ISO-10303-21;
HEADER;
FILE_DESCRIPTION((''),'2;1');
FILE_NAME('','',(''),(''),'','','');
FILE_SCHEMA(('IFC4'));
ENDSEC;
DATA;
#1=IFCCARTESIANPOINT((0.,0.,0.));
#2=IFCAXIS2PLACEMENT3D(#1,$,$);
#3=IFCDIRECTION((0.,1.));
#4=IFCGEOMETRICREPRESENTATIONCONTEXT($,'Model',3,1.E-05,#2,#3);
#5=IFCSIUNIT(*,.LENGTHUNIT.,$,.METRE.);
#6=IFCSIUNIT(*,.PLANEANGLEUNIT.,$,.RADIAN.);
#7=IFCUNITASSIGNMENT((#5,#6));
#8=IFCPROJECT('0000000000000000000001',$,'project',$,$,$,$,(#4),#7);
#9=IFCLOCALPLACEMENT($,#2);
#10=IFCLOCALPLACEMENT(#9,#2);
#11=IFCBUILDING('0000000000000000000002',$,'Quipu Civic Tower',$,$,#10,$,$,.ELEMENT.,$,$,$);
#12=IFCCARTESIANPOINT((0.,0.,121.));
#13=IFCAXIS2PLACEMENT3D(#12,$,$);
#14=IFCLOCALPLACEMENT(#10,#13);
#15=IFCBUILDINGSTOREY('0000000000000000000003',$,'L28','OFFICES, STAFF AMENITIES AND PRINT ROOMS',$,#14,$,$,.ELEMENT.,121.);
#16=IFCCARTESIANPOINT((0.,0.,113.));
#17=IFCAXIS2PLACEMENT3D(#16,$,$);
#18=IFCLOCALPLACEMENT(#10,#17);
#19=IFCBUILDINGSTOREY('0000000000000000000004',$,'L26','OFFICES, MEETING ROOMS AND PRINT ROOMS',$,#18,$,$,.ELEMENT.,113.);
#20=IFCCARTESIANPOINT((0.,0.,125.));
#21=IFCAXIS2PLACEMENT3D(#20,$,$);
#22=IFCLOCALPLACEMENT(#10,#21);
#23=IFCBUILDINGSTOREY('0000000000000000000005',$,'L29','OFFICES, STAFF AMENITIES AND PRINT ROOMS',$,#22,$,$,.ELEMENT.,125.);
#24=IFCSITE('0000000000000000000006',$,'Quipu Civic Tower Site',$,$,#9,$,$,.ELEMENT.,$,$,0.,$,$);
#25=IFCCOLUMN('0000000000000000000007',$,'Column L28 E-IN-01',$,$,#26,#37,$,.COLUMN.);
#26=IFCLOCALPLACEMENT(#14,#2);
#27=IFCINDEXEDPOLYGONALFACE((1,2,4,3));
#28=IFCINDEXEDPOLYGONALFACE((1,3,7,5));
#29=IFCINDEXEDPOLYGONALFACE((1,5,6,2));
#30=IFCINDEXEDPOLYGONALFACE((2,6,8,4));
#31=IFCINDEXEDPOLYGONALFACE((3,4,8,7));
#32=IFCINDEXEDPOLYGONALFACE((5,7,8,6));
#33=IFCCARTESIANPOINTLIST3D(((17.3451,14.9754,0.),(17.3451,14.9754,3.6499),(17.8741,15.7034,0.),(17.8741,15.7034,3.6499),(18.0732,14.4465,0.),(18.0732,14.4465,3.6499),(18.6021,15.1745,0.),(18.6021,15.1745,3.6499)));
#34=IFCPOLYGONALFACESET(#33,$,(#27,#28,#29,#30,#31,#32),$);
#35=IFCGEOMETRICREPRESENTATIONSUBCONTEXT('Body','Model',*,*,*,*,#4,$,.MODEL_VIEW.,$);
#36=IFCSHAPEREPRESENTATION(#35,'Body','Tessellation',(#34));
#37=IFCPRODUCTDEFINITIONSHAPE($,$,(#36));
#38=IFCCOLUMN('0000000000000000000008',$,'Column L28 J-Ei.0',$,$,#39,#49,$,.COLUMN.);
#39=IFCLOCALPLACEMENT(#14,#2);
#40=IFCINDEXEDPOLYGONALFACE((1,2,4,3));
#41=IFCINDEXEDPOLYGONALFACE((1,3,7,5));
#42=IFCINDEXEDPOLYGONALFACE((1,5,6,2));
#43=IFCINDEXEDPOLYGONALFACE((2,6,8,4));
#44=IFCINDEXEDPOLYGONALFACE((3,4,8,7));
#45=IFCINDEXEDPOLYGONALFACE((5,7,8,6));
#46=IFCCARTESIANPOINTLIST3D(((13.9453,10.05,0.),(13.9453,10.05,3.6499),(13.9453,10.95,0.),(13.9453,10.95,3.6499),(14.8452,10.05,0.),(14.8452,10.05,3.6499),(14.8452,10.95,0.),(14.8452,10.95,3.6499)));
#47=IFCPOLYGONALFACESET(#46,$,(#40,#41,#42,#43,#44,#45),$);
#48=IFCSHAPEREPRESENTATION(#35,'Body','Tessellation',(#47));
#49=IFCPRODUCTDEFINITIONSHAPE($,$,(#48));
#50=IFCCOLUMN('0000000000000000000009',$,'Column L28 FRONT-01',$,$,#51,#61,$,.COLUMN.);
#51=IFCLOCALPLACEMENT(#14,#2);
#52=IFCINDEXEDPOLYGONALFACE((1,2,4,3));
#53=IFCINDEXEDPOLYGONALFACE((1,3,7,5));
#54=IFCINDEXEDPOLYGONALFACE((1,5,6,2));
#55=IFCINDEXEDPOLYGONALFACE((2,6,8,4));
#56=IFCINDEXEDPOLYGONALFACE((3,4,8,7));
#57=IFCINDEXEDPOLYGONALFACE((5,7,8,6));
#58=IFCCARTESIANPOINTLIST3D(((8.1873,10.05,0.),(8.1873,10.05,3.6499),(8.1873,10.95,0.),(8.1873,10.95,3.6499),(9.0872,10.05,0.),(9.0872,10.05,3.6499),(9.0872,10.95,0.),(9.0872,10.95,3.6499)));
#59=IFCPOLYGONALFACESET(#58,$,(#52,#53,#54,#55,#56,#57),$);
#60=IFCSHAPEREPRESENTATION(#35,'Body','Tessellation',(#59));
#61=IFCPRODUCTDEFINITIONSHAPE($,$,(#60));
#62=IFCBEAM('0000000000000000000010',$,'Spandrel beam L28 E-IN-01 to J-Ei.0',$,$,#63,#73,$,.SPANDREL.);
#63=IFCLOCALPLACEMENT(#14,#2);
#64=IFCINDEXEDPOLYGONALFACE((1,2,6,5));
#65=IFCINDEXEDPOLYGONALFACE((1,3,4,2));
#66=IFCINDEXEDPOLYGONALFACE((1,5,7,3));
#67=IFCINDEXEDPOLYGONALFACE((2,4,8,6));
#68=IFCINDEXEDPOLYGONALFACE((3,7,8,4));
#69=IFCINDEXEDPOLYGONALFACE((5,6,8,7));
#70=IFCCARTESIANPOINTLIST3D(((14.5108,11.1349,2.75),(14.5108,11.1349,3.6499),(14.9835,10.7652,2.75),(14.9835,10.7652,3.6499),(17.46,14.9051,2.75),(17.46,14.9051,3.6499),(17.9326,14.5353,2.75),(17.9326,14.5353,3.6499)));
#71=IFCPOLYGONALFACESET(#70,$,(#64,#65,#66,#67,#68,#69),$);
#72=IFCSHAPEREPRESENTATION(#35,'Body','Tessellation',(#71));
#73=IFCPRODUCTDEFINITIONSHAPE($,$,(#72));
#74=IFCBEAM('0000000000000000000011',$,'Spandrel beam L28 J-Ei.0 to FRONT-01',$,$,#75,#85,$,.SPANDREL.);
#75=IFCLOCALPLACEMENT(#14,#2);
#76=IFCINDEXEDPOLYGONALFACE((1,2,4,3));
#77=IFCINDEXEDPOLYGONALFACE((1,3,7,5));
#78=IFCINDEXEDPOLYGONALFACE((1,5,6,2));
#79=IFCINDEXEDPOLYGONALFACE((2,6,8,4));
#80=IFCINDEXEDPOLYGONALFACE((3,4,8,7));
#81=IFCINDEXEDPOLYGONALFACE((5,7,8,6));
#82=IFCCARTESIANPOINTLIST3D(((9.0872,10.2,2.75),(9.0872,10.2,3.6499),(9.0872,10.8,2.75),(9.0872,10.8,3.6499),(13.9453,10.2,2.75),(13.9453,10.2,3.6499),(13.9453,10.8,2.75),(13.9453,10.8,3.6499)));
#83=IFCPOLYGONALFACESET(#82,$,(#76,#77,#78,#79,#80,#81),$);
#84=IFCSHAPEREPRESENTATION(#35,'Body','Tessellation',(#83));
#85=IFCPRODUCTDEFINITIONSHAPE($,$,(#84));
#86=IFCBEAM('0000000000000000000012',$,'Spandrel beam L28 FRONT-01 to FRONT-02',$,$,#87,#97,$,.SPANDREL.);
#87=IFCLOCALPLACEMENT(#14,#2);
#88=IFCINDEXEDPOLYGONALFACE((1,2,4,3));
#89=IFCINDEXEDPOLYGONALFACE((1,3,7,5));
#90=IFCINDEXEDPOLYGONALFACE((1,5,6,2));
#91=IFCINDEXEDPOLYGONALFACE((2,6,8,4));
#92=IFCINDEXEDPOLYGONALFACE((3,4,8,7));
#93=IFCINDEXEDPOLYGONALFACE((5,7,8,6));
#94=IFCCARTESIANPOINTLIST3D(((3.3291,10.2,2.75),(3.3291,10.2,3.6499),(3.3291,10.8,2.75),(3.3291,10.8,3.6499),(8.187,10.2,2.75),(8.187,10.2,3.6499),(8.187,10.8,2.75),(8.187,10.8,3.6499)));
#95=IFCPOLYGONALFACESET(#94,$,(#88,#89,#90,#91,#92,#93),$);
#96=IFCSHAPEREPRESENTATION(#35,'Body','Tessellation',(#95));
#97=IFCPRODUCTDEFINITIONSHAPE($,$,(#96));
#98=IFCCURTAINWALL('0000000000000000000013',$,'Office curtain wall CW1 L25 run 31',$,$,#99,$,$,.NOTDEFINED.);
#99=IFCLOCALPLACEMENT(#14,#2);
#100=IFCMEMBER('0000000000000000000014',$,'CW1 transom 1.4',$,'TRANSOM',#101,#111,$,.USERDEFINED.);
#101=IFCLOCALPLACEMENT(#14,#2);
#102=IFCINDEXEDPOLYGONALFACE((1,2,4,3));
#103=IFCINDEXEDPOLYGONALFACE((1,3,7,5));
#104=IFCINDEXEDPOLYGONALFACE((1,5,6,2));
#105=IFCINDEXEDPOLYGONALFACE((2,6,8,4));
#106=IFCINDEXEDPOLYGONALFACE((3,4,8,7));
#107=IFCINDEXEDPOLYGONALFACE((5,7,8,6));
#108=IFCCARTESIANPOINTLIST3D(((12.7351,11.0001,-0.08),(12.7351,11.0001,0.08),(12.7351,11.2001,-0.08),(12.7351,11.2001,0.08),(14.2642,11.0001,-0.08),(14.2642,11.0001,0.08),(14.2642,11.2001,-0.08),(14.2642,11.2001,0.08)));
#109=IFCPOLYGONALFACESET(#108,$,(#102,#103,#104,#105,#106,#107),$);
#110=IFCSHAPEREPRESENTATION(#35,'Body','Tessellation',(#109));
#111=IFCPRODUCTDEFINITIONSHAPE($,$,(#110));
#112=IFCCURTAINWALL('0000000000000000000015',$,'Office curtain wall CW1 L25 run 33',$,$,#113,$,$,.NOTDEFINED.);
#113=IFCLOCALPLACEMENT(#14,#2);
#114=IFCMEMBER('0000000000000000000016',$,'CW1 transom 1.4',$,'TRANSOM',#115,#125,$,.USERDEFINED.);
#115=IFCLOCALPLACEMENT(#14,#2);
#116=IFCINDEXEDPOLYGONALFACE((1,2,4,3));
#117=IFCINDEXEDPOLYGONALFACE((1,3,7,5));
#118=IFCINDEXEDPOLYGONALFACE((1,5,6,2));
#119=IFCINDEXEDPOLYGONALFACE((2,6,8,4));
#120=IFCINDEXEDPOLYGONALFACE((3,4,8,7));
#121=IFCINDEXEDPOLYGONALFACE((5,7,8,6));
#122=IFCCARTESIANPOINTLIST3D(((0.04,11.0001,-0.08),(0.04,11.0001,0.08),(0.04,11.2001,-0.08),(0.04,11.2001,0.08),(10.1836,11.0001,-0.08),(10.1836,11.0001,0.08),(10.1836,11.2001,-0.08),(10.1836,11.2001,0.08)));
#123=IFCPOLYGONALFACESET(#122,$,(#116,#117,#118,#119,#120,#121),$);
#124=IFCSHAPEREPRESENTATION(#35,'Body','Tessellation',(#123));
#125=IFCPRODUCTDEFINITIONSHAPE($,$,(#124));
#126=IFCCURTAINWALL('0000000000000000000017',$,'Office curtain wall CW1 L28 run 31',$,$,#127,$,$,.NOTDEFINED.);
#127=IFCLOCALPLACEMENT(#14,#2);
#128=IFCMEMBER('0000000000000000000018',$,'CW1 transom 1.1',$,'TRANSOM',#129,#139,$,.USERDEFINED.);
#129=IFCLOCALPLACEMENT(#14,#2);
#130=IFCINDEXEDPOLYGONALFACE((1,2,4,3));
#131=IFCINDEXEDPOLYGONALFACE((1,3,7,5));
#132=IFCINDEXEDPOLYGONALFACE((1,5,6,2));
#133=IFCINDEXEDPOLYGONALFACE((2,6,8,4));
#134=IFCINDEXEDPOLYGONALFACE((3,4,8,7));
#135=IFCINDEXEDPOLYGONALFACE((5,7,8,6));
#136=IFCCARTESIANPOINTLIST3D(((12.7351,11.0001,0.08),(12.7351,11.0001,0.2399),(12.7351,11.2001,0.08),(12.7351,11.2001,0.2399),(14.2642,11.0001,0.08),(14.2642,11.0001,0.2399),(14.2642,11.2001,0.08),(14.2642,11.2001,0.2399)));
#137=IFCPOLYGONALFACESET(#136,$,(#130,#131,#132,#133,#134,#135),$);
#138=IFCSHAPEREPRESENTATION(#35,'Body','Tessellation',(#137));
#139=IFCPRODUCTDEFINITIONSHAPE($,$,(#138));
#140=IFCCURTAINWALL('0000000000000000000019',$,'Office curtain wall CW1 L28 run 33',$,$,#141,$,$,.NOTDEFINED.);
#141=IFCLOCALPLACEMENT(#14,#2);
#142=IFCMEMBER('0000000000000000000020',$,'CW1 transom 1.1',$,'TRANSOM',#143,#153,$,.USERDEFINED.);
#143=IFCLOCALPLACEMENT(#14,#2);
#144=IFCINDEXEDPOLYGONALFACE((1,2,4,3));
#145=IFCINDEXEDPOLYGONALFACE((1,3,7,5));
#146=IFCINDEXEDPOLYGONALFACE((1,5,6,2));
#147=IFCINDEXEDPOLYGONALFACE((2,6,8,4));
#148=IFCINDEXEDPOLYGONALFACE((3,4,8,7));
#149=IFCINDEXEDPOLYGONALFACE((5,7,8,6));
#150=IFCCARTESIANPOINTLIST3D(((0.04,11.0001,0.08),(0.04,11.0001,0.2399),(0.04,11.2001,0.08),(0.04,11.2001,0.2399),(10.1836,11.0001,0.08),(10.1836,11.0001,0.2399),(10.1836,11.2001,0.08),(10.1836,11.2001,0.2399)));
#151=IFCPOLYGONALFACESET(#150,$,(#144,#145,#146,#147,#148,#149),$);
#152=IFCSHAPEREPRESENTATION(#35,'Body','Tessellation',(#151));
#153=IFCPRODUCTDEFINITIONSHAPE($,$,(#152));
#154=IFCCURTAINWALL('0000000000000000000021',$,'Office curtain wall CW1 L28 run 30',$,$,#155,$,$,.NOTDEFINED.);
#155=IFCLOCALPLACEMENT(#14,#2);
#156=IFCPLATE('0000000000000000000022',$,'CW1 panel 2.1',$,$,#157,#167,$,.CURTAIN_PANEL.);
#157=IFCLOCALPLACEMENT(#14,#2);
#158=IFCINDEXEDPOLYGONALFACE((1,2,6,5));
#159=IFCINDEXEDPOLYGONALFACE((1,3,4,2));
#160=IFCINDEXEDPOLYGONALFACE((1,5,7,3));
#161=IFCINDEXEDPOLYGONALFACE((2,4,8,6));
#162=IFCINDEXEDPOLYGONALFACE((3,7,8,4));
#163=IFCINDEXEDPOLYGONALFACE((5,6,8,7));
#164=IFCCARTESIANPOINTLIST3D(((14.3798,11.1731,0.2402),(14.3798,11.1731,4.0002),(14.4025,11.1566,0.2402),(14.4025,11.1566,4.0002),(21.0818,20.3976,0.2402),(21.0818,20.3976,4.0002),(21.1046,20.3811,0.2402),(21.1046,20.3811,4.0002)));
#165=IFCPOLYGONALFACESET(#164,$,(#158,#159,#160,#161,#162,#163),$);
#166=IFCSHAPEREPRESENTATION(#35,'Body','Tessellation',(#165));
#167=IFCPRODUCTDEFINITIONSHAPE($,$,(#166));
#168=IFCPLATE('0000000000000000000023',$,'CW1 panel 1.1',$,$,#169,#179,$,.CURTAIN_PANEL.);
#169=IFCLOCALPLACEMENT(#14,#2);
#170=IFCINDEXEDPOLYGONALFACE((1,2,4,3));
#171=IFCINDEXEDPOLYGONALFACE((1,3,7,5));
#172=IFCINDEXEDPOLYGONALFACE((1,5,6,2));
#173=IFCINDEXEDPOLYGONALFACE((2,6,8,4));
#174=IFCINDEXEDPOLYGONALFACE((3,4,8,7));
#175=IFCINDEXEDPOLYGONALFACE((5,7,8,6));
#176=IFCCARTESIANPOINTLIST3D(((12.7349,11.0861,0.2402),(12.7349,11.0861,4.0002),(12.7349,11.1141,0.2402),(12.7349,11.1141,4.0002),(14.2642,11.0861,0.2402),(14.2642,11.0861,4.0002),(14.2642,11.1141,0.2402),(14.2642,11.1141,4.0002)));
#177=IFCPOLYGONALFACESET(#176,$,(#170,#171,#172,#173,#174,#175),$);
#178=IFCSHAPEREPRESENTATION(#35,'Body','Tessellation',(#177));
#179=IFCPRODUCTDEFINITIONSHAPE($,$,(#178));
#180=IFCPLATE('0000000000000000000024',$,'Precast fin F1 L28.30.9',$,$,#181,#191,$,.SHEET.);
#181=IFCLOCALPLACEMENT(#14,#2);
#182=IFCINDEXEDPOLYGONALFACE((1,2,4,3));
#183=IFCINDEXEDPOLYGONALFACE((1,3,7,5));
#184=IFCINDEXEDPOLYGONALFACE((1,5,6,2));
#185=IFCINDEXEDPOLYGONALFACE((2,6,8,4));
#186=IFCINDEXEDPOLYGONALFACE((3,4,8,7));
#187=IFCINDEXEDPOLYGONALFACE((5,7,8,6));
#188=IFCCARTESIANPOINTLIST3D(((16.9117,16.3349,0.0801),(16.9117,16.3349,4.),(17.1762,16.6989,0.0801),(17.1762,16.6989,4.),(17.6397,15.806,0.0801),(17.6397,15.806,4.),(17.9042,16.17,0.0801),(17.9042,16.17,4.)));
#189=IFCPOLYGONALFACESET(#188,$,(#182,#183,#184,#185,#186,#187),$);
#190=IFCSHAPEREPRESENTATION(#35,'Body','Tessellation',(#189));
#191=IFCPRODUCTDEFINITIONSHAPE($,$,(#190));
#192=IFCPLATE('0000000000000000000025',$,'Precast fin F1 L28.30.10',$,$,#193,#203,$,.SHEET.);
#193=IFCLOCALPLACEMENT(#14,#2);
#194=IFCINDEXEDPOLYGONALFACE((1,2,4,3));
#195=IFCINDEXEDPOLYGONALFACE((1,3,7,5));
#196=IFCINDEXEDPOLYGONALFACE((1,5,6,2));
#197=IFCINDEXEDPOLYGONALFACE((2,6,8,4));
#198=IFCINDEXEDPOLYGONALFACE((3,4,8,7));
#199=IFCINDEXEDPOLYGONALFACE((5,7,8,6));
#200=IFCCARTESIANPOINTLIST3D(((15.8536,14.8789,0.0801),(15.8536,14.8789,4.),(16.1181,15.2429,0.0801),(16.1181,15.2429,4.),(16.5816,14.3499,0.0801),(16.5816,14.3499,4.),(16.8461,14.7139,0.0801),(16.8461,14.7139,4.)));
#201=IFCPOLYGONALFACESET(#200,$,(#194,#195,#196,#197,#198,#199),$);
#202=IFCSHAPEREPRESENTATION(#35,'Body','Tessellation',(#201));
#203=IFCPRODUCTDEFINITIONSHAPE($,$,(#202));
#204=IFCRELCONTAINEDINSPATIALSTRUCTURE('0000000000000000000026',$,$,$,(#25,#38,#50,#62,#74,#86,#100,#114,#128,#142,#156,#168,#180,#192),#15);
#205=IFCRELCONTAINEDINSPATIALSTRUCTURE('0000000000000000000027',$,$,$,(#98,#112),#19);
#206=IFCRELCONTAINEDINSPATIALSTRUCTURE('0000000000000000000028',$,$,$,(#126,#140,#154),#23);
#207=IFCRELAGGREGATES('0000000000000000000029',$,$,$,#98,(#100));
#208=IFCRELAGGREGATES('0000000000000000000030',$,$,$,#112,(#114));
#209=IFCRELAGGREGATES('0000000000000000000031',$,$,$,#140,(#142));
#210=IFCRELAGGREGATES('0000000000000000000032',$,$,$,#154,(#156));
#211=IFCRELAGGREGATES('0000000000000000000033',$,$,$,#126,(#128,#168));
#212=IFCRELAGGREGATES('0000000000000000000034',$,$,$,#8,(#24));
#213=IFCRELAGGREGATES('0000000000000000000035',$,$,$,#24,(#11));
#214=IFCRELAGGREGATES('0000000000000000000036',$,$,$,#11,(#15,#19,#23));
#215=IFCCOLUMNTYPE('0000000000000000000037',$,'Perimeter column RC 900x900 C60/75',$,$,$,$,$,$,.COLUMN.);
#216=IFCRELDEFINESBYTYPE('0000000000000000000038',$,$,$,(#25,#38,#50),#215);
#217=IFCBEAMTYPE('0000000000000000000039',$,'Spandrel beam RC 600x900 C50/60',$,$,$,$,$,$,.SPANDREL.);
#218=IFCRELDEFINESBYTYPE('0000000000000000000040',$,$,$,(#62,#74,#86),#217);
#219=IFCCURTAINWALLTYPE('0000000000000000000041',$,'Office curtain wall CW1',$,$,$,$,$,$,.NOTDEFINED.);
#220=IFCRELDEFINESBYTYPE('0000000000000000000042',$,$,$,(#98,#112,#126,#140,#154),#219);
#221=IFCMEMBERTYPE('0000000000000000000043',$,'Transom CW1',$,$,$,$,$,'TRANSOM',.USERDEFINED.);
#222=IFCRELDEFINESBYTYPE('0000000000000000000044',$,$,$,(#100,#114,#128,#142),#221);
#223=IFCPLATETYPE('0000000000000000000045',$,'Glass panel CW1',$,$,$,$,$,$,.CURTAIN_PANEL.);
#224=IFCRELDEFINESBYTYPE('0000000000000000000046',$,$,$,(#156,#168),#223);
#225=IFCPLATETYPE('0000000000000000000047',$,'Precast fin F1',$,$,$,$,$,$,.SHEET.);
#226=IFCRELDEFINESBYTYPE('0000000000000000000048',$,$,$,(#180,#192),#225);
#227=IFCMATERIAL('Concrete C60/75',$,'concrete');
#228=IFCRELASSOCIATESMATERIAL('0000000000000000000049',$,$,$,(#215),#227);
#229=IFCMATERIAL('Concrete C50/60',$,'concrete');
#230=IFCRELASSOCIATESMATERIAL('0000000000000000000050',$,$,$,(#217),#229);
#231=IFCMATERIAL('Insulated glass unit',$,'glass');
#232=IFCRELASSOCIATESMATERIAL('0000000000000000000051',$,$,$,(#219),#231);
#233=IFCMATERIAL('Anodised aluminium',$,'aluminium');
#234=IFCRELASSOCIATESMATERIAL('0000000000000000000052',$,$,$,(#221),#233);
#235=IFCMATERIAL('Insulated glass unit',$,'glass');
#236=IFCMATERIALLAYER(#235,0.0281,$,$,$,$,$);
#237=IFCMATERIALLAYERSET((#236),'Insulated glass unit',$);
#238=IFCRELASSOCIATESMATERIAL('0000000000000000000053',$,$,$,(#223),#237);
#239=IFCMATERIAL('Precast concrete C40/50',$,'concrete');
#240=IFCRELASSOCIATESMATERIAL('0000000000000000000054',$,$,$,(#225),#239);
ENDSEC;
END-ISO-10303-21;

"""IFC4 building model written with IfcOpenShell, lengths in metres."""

from ifc_helpers import new_model, si_unit, direction, frame, origin, origin_2d, place, context, subcontext, project, spatial, rectangle, extrude, material, layer, layer_set, material_profile, profile_set, type_object, element, aggregate, save


model = new_model("IFC4")

# Units and contexts
model_context = context("Model", 3, precision=1e-05, world=origin(), true_north=direction((0.0, 1.0)))
body_context = subcontext(model_context, "Body", "Model", "MODEL_VIEW")
ifc_project = project(units=[si_unit("LENGTHUNIT", "METRE"), si_unit("PLANEANGLEUNIT", "RADIAN")], contexts=[model_context])

# Site, building, storey
site_placement = place(None, origin())
site = spatial("IfcSite", under=ifc_project, at=site_placement, Name="Quipu Civic Tower Site", CompositionType="ELEMENT", RefElevation=0.0)
building_placement = place(site_placement, origin())
building = spatial("IfcBuilding", under=site, at=building_placement, Name="Quipu Civic Tower", CompositionType="ELEMENT")
storey_1_placement = place(building_placement, frame((0.0, 0.0, 121.0)))
storey_1 = spatial("IfcBuildingStorey", under=building, at=storey_1_placement, Name="L28", Description="OFFICES, STAFF AMENITIES AND PRINT ROOMS", CompositionType="ELEMENT", Elevation=121.0)

# Columns
ifc_material_1 = material(Name="Concrete C60/75", Category="concrete")
ifc_material_profile_1 = material_profile(ifc_material_1, rectangle(XDim=0.8999, YDim=0.8999, at=origin_2d()), Name="RC900x900")
ifc_profile_set_1 = profile_set([ifc_material_profile_1], Name="Concrete C60/75")
column_type = type_object("IfcColumnType", Name="Perimeter column RC 900x900 C60/75", PredefinedType="COLUMN", material=ifc_profile_set_1)
for number, where, z_axis, x_axis, name in (
    (1, (17.9736, 15.075, 0.0), (0.0, 0.0, 1.0), (-0.587785, -0.809017, 0.0), "Column L28 E-IN-01"),
    (2, (14.3953, 10.5, 0.0), (0.0, 0.0, 1.0), (-1.0, 0.0, 0.0), "Column L28 J-Ei.0"),
    (3, (8.6372, 10.5, 0.0), (0.0, 0.0, 1.0), (-1.0, 0.0, 0.0), "Column L28 FRONT-01"),
):
    element("IfcColumn", number, at=place(storey_1_placement, frame(where, z_axis=z_axis, x_axis=x_axis)), inside=storey_1, type_object=column_type, Name=name, PredefinedType="COLUMN", context=body_context, shape_type="SweptSolid", body=[
        extrude(rectangle(XDim=0.8999, YDim=0.8999, at=origin_2d()), origin(), (0.0, 0.0, 1.0), 3.6499),
    ])

# Beams
ifc_material_2 = material(Name="Concrete C50/60", Category="concrete")
ifc_material_profile_2 = material_profile(ifc_material_2, rectangle(XDim=0.6001, YDim=0.8999, at=origin_2d()), Name="RC600x900")
ifc_profile_set_2 = profile_set([ifc_material_profile_2], Name="Concrete C50/60")
beam_type = type_object("IfcBeamType", Name="Spandrel beam RC 600x900 C50/60", PredefinedType="SPANDREL", material=ifc_profile_set_2)
beam_1_placement = place(storey_1_placement, frame((17.6963, 14.7202, 3.2), z_axis=(-0.616124, -0.787649, 0.0), x_axis=(0.787649, -0.616124, 0.0)))
element("IfcBeam", 4, at=beam_1_placement, inside=storey_1, type_object=beam_type, Name="Spandrel beam L28 E-IN-01 to J-Ei.0", PredefinedType="SPANDREL", context=body_context, shape_type="SweptSolid", body=[
    extrude(rectangle(XDim=0.6001, YDim=0.8999, at=origin_2d()), origin(), (0.0, 0.0, 1.0), 4.7866),
])
beam_2_placement = place(storey_1_placement, frame((13.9453, 10.5, 3.2), z_axis=(-1.0, 0.0, 0.0), x_axis=(0.0, -1.0, 0.0)))
element("IfcBeam", 5, at=beam_2_placement, inside=storey_1, type_object=beam_type, Name="Spandrel beam L28 J-Ei.0 to FRONT-01", PredefinedType="SPANDREL", context=body_context, shape_type="SweptSolid", body=[
    extrude(rectangle(XDim=0.6001, YDim=0.8999, at=origin_2d()), origin(), (0.0, 0.0, 1.0), 4.8582),
])
beam_3_placement = place(storey_1_placement, frame((8.187, 10.5, 3.2), z_axis=(-1.0, 0.0, 0.0), x_axis=(0.0, -1.0, 0.0)))
element("IfcBeam", 6, at=beam_3_placement, inside=storey_1, type_object=beam_type, Name="Spandrel beam L28 FRONT-01 to FRONT-02", PredefinedType="SPANDREL", context=body_context, shape_type="SweptSolid", body=[
    extrude(rectangle(XDim=0.6001, YDim=0.8999, at=origin_2d()), origin(), (0.0, 0.0, 1.0), 4.8579),
])

# Shared definitions
storey_2_placement = place(building_placement, frame((0.0, 0.0, 113.0)))
storey_2 = spatial("IfcBuildingStorey", under=building, at=storey_2_placement, Name="L26", Description="OFFICES, MEETING ROOMS AND PRINT ROOMS", CompositionType="ELEMENT", Elevation=113.0)

# Curtain walls, members
ifc_material_3 = material(Name="Insulated glass unit", Category="glass")
curtain_wall_type = type_object("IfcCurtainWallType", Name="Office curtain wall CW1", PredefinedType="NOTDEFINED", material=ifc_material_3)
curtain_wall_1_placement = place(storey_2_placement, origin())
curtain_wall_1 = element("IfcCurtainWall", 7, at=curtain_wall_1_placement, inside=storey_2, type_object=curtain_wall_type, Name="Office curtain wall CW1 L25 run 31", PredefinedType="NOTDEFINED")
ifc_material_4 = material(Name="Anodised aluminium", Category="aluminium")
ifc_material_profile_3 = material_profile(ifc_material_4, rectangle(XDim=0.2, YDim=0.1599, at=origin_2d()), Name="RECT 200x160")
ifc_profile_set_3 = profile_set([ifc_material_profile_3], Name="Anodised aluminium")
member_type = type_object("IfcMemberType", Name="Transom CW1", ElementType="TRANSOM", PredefinedType="USERDEFINED", material=ifc_profile_set_3)
member_1_placement = place(storey_1_placement, frame((14.2642, 11.1001, 0.0), z_axis=(-1.0, 0.0, 0.0), x_axis=(0.0, -1.0, 0.0)))
member_1 = element("IfcMember", 8, at=member_1_placement, inside=storey_1, type_object=member_type, Name="CW1 transom 1.4", ObjectType="TRANSOM", PredefinedType="USERDEFINED", context=body_context, shape_type="SweptSolid", body=[
    extrude(rectangle(XDim=0.2, YDim=0.1599, at=origin_2d()), origin(), (0.0, 0.0, 1.0), 1.5291),
])
aggregate(curtain_wall_1, [member_1])
curtain_wall_2_placement = place(storey_2_placement, origin())
curtain_wall_2 = element("IfcCurtainWall", 9, at=curtain_wall_2_placement, inside=storey_2, type_object=curtain_wall_type, Name="Office curtain wall CW1 L25 run 33", PredefinedType="NOTDEFINED")
member_2_placement = place(storey_1_placement, frame((10.1836, 11.1001, 0.0), z_axis=(-1.0, 0.0, 0.0), x_axis=(0.0, -1.0, 0.0)))
member_2 = element("IfcMember", 10, at=member_2_placement, inside=storey_1, type_object=member_type, Name="CW1 transom 1.4", ObjectType="TRANSOM", PredefinedType="USERDEFINED", context=body_context, shape_type="SweptSolid", body=[
    extrude(rectangle(XDim=0.2, YDim=0.1599, at=origin_2d()), origin(), (0.0, 0.0, 1.0), 10.1436),
])
aggregate(curtain_wall_2, [member_2])

# Shared definitions
storey_3_placement = place(building_placement, frame((0.0, 0.0, 125.0)))
storey_3 = spatial("IfcBuildingStorey", under=building, at=storey_3_placement, Name="L29", Description="OFFICES, STAFF AMENITIES AND PRINT ROOMS", CompositionType="ELEMENT", Elevation=125.0)

# Curtain walls, members
curtain_wall_3_placement = place(storey_3_placement, origin())
curtain_wall_3 = element("IfcCurtainWall", 11, at=curtain_wall_3_placement, inside=storey_3, type_object=curtain_wall_type, Name="Office curtain wall CW1 L28 run 31", PredefinedType="NOTDEFINED")
member_3_placement = place(storey_1_placement, frame((14.2642, 11.1001, 0.1599), z_axis=(-1.0, 0.0, 0.0), x_axis=(0.0, -1.0, 0.0)))
member_3 = element("IfcMember", 12, at=member_3_placement, inside=storey_1, type_object=member_type, Name="CW1 transom 1.1", ObjectType="TRANSOM", PredefinedType="USERDEFINED", context=body_context, shape_type="SweptSolid", body=[
    extrude(rectangle(XDim=0.2, YDim=0.1599, at=origin_2d()), origin(), (0.0, 0.0, 1.0), 1.5291),
])
curtain_wall_4_placement = place(storey_3_placement, origin())
curtain_wall_4 = element("IfcCurtainWall", 13, at=curtain_wall_4_placement, inside=storey_3, type_object=curtain_wall_type, Name="Office curtain wall CW1 L28 run 33", PredefinedType="NOTDEFINED")
member_4_placement = place(storey_1_placement, frame((10.1836, 11.1001, 0.1599), z_axis=(-1.0, 0.0, 0.0), x_axis=(0.0, -1.0, 0.0)))
member_4 = element("IfcMember", 14, at=member_4_placement, inside=storey_1, type_object=member_type, Name="CW1 transom 1.1", ObjectType="TRANSOM", PredefinedType="USERDEFINED", context=body_context, shape_type="SweptSolid", body=[
    extrude(rectangle(XDim=0.2, YDim=0.1599, at=origin_2d()), origin(), (0.0, 0.0, 1.0), 10.1436),
])
aggregate(curtain_wall_4, [member_4])

# Curtain wall, plate
curtain_wall_5_placement = place(storey_3_placement, origin())
curtain_wall_5 = element("IfcCurtainWall", 15, at=curtain_wall_5_placement, inside=storey_3, type_object=curtain_wall_type, Name="Office curtain wall CW1 L28 run 30", PredefinedType="NOTDEFINED")
ifc_material_5 = material(Name="Insulated glass unit", Category="glass")
ifc_layer_1 = layer(ifc_material_5, 0.0281)
ifc_layer_set_1 = layer_set([ifc_layer_1], Name="Insulated glass unit")
plate_type_1 = type_object("IfcPlateType", Name="Glass panel CW1", PredefinedType="CURTAIN_PANEL", material=ifc_layer_set_1)
plate_1_placement = place(storey_1_placement, frame((17.7422, 15.7771, 0.2402), z_axis=(0.0, 0.0, 1.0), x_axis=(-0.587789, -0.809014, 0.0)))
plate_1 = element("IfcPlate", 16, at=plate_1_placement, inside=storey_1, type_object=plate_type_1, Name="CW1 panel 2.1", PredefinedType="CURTAIN_PANEL", context=body_context, shape_type="SweptSolid", body=[
    extrude(rectangle(XDim=11.4021, YDim=0.0281, at=origin_2d()), origin(), (0.0, 0.0, 1.0), 3.76),
])
aggregate(curtain_wall_5, [plate_1])

# Plate
plate_2_placement = place(storey_1_placement, frame((13.4995, 11.1001, 0.2402), z_axis=(0.0, 0.0, 1.0), x_axis=(-1.0, 0.0, 0.0)))
plate_2 = element("IfcPlate", 17, at=plate_2_placement, inside=storey_1, type_object=plate_type_1, Name="CW1 panel 1.1", PredefinedType="CURTAIN_PANEL", context=body_context, shape_type="SweptSolid", body=[
    extrude(rectangle(XDim=1.5293, YDim=0.0281, at=origin_2d()), origin(), (0.0, 0.0, 1.0), 3.76),
])
aggregate(curtain_wall_3, [member_3, plate_2])

# Plates
ifc_material_6 = material(Name="Precast concrete C40/50", Category="concrete")
plate_type_2 = type_object("IfcPlateType", Name="Precast fin F1", PredefinedType="SHEET", material=ifc_material_6)
for number, where, z_axis, x_axis, name in (
    (18, (17.408, 16.2524, 0.0801), (0.0, 0.0, 1.0), (-0.587787, -0.809016, 0.0), "Precast fin F1 L28.30.9"),
    (19, (16.3499, 14.7964, 0.0801), (0.0, 0.0, 1.0), (-0.587787, -0.809016, 0.0), "Precast fin F1 L28.30.10"),
):
    element("IfcPlate", number, at=place(storey_1_placement, frame(where, z_axis=z_axis, x_axis=x_axis)), inside=storey_1, type_object=plate_type_2, Name=name, PredefinedType="SHEET", context=body_context, shape_type="SweptSolid", body=[
        extrude(rectangle(XDim=0.45, YDim=0.8999, at=origin_2d()), origin(), (0.0, 0.0, 1.0), 3.9199),
    ])

save(model, "model.ifc")
